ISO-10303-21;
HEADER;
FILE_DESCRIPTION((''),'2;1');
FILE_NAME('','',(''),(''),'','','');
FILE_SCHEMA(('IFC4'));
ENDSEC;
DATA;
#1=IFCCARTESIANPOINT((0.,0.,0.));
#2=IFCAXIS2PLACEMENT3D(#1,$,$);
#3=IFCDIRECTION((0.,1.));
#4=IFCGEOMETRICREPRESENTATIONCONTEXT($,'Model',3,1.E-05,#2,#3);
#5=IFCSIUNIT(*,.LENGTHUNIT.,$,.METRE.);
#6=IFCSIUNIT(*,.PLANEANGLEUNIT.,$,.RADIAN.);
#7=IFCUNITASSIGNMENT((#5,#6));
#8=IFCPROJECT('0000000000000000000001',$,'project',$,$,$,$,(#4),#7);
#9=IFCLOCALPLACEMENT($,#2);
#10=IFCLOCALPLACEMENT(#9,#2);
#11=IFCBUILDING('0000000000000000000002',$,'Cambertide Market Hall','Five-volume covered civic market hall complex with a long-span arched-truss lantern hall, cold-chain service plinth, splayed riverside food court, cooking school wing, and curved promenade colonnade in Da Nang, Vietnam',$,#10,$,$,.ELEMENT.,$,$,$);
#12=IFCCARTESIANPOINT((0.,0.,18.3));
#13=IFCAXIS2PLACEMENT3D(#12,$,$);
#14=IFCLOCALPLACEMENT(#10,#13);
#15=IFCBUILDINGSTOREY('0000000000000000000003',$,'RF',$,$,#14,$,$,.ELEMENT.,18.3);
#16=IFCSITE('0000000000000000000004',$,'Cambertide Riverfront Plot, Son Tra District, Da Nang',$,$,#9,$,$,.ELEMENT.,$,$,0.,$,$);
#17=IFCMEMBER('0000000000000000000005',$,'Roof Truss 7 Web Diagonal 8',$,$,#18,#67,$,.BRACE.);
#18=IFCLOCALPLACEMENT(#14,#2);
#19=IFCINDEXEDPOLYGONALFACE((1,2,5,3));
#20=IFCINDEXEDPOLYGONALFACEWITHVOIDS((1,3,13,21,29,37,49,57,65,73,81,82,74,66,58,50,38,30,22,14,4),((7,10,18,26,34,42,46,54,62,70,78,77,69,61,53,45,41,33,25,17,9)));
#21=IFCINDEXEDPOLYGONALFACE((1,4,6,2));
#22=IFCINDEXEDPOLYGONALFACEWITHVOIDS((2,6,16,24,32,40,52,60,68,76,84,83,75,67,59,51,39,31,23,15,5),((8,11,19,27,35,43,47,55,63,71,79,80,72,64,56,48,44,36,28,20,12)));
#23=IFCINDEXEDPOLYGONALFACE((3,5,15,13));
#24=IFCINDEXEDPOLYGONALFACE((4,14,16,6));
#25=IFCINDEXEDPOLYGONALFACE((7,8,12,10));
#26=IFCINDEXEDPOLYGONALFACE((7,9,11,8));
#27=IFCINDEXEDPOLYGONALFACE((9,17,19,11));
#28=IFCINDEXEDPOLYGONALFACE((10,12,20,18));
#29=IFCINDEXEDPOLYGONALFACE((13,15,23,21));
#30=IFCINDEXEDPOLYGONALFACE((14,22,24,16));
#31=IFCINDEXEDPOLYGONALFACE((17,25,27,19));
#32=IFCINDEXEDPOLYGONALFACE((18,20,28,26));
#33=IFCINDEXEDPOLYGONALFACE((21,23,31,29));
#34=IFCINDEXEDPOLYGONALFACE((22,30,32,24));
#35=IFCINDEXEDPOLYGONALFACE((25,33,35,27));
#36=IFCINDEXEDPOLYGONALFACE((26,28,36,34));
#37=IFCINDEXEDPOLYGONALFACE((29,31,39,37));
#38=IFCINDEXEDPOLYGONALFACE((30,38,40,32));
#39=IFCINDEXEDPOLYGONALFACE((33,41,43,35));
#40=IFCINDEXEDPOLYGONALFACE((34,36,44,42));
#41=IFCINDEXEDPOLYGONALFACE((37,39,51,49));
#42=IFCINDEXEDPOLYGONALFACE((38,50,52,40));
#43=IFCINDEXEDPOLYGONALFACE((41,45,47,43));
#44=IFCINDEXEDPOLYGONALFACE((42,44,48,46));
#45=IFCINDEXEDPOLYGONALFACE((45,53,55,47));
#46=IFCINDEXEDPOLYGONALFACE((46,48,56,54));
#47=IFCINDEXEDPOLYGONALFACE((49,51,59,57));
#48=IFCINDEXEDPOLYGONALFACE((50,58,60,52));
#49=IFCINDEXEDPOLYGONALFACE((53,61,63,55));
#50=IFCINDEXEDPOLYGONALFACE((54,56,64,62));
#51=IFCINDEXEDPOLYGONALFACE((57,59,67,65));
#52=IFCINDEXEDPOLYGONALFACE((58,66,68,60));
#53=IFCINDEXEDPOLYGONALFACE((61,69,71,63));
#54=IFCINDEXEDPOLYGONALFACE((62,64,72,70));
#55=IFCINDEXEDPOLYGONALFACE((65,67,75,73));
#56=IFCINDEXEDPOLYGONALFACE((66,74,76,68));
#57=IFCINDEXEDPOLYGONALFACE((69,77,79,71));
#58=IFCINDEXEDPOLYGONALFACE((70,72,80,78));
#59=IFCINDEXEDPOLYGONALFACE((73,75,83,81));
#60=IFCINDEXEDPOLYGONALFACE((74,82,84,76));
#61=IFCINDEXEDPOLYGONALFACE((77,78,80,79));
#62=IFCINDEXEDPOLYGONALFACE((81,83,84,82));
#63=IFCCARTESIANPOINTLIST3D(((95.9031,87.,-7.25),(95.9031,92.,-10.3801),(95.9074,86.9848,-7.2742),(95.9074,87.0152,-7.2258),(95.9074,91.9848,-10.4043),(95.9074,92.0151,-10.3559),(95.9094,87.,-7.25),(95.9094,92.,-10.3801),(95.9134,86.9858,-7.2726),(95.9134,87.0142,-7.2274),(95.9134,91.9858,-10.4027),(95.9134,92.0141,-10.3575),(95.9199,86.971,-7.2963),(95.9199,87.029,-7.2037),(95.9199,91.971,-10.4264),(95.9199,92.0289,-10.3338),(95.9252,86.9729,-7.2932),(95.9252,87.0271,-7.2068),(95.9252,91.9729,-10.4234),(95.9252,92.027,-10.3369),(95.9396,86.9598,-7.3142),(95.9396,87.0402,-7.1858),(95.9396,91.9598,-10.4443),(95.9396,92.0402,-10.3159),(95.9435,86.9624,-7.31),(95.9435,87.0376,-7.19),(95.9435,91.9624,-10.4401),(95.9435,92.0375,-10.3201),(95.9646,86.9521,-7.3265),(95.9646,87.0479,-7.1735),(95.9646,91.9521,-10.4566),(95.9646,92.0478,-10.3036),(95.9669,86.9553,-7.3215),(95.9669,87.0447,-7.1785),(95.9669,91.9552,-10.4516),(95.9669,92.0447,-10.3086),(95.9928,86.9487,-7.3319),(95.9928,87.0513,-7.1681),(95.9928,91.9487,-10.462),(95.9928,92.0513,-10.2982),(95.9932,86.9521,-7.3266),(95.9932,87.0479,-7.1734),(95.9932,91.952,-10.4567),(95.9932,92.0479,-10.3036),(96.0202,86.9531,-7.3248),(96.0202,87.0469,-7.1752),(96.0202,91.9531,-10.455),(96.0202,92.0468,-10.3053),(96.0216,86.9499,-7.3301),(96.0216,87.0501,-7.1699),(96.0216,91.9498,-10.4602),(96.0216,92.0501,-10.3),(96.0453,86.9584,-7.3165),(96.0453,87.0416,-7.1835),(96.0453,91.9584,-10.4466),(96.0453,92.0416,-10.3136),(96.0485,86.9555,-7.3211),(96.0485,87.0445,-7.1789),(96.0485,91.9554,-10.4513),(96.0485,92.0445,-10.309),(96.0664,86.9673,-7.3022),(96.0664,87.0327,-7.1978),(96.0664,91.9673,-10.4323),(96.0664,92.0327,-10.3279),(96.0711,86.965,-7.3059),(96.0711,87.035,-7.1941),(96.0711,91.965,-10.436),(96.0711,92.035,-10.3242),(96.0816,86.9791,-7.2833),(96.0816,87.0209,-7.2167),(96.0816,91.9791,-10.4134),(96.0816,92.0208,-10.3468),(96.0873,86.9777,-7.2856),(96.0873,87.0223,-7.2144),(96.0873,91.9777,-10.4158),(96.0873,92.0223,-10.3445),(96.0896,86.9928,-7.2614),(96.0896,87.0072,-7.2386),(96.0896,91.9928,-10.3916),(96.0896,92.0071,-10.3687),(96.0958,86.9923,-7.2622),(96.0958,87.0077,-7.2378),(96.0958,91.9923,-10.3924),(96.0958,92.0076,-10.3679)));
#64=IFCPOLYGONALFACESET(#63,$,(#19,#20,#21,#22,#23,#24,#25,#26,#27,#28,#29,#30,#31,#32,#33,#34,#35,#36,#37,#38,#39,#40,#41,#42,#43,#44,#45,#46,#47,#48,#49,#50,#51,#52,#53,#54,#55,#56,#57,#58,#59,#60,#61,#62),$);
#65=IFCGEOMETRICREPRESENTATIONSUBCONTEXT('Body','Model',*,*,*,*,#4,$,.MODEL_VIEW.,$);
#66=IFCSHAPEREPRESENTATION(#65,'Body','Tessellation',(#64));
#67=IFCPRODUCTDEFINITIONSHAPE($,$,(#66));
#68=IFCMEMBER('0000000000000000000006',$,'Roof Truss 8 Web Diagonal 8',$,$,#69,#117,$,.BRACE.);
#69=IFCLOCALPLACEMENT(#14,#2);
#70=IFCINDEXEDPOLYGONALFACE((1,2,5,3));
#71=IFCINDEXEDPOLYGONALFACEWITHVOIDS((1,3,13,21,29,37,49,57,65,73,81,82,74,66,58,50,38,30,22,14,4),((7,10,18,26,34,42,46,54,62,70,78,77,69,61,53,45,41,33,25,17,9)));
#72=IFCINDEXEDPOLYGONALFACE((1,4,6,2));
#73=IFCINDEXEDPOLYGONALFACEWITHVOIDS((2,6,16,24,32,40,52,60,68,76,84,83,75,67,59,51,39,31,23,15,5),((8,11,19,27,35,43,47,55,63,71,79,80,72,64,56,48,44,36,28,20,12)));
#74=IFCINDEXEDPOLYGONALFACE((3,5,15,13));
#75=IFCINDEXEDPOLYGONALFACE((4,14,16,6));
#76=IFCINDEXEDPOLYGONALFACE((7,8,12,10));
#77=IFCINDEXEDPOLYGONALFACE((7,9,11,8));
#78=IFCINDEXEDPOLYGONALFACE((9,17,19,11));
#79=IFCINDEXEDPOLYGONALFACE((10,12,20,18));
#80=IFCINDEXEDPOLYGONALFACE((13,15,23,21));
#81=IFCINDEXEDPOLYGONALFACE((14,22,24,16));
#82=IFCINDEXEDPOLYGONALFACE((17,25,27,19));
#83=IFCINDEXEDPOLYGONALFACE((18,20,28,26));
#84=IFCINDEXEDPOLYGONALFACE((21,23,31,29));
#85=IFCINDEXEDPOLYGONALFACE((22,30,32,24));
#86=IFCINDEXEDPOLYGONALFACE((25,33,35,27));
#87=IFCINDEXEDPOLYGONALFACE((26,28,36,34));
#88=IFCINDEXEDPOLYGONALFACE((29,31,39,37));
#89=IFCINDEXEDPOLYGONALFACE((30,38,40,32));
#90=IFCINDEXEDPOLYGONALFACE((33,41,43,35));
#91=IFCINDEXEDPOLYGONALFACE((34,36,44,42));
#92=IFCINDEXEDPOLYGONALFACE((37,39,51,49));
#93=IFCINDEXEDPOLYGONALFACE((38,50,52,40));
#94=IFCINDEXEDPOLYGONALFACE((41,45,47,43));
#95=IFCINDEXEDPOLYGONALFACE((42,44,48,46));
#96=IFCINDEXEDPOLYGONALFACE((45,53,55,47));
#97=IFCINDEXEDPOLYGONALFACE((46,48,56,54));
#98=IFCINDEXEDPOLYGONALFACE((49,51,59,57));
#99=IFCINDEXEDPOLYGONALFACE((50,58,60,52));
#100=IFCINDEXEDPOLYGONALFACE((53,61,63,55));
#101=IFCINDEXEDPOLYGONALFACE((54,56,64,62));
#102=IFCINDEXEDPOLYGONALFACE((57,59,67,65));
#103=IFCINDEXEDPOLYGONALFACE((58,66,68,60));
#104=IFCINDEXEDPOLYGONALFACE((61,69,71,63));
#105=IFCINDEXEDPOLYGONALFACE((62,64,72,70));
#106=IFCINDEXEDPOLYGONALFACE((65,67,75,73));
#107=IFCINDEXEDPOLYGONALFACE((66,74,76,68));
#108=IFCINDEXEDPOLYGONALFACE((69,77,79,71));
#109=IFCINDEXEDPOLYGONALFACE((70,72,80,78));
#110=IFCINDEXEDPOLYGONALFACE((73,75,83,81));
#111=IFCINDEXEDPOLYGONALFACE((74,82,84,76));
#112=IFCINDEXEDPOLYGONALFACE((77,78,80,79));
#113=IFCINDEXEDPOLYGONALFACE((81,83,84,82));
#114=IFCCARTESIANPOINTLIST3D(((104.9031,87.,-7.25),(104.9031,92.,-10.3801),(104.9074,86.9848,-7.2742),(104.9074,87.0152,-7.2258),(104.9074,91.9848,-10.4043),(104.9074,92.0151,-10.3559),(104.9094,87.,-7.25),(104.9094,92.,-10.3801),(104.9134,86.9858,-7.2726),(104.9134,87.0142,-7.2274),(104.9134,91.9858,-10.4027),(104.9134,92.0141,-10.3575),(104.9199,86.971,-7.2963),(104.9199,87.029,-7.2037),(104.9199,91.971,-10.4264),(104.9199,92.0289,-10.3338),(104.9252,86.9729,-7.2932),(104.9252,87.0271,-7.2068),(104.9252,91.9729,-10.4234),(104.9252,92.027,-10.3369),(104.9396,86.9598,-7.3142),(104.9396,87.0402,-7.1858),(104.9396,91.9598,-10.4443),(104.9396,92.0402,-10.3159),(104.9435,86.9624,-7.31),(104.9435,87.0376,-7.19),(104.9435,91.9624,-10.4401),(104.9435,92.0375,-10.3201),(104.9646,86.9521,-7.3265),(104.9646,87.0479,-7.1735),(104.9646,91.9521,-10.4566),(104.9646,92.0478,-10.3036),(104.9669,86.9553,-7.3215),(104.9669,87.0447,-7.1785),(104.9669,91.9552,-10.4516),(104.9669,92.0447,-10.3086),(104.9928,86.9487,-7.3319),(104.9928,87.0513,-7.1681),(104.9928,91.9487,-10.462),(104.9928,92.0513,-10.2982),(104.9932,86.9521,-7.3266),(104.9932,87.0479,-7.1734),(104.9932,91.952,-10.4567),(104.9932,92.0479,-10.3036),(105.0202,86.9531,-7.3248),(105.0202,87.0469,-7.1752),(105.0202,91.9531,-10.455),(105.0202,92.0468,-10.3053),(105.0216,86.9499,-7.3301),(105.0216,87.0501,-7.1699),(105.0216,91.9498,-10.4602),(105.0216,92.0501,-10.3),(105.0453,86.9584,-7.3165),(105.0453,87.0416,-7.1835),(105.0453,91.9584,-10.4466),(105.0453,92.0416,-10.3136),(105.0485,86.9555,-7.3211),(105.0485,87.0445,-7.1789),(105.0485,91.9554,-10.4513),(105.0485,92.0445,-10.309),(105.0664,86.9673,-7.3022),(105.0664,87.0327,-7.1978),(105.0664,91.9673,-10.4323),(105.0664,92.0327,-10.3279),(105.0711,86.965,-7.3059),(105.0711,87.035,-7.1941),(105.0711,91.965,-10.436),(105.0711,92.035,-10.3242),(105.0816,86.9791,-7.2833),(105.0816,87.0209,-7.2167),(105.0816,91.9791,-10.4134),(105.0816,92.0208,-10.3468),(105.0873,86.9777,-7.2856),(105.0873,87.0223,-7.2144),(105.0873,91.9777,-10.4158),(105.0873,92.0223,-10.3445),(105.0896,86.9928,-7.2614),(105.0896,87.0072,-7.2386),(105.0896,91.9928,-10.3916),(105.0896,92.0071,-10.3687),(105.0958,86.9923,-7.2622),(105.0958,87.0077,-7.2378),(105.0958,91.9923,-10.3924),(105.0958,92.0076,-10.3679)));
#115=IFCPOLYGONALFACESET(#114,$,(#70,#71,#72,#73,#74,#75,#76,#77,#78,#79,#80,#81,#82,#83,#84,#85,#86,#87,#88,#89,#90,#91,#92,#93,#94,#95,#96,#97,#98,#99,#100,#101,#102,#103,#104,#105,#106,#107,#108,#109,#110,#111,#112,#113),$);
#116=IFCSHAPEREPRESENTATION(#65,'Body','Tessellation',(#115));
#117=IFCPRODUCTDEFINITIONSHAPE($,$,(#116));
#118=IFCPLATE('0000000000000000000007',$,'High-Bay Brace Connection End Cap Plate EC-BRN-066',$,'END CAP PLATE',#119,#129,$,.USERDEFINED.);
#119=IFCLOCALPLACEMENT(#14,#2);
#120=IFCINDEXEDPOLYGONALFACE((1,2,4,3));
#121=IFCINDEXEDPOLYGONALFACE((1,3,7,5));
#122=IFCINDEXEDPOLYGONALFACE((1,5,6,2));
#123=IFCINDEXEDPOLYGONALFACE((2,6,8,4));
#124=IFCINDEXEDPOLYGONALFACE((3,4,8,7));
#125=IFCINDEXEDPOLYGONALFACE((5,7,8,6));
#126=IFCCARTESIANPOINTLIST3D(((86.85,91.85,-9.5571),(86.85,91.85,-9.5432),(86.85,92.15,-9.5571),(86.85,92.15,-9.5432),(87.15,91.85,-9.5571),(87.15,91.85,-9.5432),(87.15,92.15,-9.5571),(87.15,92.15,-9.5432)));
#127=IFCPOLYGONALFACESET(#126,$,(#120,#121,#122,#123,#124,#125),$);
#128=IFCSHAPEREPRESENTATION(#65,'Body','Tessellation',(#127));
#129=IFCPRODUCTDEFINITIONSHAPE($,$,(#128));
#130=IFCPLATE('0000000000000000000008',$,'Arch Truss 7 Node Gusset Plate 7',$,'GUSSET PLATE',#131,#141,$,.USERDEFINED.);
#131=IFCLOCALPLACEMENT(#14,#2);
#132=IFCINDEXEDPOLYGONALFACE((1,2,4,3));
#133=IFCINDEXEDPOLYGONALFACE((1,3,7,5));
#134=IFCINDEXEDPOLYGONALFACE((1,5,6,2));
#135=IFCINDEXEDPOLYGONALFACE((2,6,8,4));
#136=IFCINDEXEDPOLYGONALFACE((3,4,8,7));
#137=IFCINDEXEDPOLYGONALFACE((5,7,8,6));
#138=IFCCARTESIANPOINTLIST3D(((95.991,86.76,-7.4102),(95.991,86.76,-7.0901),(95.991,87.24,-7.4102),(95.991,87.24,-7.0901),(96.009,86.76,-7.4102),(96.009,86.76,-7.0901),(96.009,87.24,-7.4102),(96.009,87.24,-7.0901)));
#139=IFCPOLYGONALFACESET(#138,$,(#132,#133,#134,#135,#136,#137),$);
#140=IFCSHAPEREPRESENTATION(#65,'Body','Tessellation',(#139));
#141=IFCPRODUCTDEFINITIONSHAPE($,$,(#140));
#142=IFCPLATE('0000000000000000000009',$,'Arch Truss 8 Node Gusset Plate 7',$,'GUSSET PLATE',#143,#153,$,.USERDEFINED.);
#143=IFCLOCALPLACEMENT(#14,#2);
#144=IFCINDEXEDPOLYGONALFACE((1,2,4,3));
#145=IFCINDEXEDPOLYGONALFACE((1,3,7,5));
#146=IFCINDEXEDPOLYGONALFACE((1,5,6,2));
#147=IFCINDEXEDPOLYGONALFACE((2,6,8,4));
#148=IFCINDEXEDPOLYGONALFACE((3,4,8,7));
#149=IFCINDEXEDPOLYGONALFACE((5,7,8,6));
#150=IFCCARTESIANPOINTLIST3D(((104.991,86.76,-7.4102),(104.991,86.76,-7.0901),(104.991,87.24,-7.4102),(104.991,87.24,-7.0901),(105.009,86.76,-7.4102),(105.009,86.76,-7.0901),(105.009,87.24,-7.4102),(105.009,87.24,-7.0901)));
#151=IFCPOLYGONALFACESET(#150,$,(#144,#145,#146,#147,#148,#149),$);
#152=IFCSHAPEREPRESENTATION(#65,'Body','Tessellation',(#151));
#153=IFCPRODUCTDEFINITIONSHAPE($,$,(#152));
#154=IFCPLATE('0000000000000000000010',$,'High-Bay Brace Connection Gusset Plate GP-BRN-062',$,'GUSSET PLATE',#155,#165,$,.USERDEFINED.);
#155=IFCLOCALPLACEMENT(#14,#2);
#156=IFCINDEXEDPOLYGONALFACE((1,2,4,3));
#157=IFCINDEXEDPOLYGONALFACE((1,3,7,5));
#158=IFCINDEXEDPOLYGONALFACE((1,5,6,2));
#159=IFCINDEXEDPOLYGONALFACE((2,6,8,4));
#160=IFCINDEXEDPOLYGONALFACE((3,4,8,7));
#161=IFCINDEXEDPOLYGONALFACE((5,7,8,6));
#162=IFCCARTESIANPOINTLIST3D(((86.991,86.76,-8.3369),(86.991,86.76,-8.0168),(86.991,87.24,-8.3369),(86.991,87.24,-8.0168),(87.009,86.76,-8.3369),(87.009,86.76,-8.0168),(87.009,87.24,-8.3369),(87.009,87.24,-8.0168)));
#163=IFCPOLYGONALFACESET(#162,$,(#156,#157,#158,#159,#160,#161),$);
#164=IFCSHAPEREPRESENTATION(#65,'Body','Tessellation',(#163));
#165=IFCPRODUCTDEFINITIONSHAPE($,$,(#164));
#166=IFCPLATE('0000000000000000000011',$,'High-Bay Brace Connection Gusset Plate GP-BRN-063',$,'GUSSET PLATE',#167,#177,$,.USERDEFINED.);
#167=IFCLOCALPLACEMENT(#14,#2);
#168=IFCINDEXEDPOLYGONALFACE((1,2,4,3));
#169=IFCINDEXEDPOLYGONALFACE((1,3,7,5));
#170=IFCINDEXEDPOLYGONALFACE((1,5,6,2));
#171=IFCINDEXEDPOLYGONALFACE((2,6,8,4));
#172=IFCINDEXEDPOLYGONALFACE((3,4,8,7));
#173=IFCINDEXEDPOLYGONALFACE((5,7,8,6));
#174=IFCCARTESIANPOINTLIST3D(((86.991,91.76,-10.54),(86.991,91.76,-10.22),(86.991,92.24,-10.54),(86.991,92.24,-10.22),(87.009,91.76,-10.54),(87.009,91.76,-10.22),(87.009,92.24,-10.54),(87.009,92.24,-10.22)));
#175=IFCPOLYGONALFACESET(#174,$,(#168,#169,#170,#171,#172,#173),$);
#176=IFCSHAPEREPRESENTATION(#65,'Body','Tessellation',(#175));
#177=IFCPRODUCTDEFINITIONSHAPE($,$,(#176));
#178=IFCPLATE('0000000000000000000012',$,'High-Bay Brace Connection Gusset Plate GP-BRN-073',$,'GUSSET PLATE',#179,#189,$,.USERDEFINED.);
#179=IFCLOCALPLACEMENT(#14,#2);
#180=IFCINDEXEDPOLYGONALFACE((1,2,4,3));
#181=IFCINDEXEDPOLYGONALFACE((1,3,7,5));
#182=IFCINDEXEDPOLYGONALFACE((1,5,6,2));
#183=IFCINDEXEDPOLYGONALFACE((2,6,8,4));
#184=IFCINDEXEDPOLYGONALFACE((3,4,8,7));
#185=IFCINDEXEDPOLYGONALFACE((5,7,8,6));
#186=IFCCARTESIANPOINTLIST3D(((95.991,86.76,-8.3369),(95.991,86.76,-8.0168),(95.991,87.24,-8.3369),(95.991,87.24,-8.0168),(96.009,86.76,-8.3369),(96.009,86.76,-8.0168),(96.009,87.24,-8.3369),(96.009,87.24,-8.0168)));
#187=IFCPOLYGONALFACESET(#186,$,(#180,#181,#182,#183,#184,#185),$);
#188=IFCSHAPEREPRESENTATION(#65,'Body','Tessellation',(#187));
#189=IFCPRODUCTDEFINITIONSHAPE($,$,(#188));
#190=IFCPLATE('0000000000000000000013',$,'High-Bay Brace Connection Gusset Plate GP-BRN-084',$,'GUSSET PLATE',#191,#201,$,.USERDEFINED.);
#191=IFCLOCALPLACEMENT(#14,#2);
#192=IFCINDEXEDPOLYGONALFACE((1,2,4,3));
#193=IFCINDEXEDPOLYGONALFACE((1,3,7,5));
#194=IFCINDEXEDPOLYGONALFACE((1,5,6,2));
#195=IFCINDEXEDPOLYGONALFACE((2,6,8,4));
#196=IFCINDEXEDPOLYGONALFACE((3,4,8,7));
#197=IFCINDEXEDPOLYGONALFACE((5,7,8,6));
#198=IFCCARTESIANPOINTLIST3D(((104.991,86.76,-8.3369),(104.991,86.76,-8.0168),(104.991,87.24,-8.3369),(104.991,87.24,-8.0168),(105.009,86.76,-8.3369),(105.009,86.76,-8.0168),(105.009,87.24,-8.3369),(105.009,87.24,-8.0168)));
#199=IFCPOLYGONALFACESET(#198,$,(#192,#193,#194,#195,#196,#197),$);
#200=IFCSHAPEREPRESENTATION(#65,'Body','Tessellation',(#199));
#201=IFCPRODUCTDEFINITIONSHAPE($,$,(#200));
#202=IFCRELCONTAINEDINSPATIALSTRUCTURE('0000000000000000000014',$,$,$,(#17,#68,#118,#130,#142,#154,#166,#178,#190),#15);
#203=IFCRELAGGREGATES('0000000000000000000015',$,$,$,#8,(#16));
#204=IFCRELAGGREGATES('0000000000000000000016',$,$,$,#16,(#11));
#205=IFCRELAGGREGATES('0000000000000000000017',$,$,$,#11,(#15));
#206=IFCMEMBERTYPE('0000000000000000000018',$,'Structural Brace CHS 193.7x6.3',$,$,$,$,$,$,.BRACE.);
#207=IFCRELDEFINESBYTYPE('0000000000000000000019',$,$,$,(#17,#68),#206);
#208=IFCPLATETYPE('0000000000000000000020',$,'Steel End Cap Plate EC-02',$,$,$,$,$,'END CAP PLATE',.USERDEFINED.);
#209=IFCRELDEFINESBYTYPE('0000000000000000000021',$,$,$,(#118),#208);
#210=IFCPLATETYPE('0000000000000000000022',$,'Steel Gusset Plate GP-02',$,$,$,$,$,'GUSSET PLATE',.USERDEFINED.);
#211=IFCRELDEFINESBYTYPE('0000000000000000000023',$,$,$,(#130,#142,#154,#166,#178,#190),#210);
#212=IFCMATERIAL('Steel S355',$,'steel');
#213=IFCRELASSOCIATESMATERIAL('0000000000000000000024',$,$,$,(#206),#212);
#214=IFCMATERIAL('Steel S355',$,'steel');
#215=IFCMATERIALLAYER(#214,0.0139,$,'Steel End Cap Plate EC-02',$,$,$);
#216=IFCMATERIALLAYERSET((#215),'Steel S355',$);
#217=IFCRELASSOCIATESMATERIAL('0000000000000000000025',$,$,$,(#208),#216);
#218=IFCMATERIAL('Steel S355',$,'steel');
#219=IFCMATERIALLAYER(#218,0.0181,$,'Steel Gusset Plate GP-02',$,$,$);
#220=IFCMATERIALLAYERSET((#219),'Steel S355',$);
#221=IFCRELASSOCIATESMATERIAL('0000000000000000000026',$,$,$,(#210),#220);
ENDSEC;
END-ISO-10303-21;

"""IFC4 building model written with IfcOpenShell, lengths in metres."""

from ifc_helpers import new_model, si_unit, direction, frame, origin, origin_2d, place, context, subcontext, project, spatial, rectangle, hollow_circle, extrude, material, layer, layer_set, material_profile, profile_set, type_object, element, save


model = new_model("IFC4")

# Units and contexts
model_context = context("Model", 3, precision=1e-05, world=origin(), true_north=direction((0.0, 1.0)))
body_context = subcontext(model_context, "Body", "Model", "MODEL_VIEW")
ifc_project = project(units=[si_unit("LENGTHUNIT", "METRE"), si_unit("PLANEANGLEUNIT", "RADIAN")], contexts=[model_context])

# Site, building, storey
site_placement = place(None, origin())
site = spatial("IfcSite", under=ifc_project, at=site_placement, Name="Cambertide Riverfront Plot, Son Tra District, Da Nang", CompositionType="ELEMENT", RefElevation=0.0)
building_placement = place(site_placement, origin())
building = spatial("IfcBuilding", under=site, at=building_placement, Name="Cambertide Market Hall", Description="Five-volume covered civic market hall complex with a long-span arched-truss lantern hall, cold-chain service plinth, splayed riverside food court, cooking school wing, and curved promenade colonnade in Da Nang, Vietnam", CompositionType="ELEMENT")
storey_placement = place(building_placement, frame((0.0, 0.0, 18.3)))
storey = spatial("IfcBuildingStorey", under=building, at=storey_placement, Name="RF", CompositionType="ELEMENT", Elevation=18.3)

# Members
ifc_material_1 = material(Name="Steel S355", Category="steel")
ifc_material_profile_1 = material_profile(ifc_material_1, hollow_circle(Radius=0.0969, WallThickness=0.0063, at=origin_2d()), Name="CHS 193.7x6.3")
ifc_profile_set_1 = profile_set([ifc_material_profile_1], Name="Steel S355")
member_type_1 = type_object("IfcMemberType", Name="Structural Brace CHS 193.7x6.3", PredefinedType="BRACE", material=ifc_profile_set_1)
for number, where, z_axis, x_axis, name in (
    (1, (96.0, 87.0, -7.25), (0.0, 0.847607, -0.530624), (-1.0, 0.0, 0.0), "Roof Truss 7 Web Diagonal 8"),
    (2, (105.0, 87.0, -7.25), (0.0, 0.847607, -0.530624), (-1.0, 0.0, 0.0), "Roof Truss 8 Web Diagonal 8"),
):
    element("IfcMember", number, at=place(storey_placement, frame(where, z_axis=z_axis, x_axis=x_axis)), inside=storey, type_object=member_type_1, Name=name, PredefinedType="BRACE", context=body_context, shape_type="SweptSolid", body=[
        extrude(hollow_circle(Radius=0.0969, WallThickness=0.0063, at=origin_2d()), origin(), (0.0, 0.0, 1.0), 5.8989),
    ])

# Plates
ifc_material_2 = material(Name="Steel S355", Category="steel")
ifc_layer_1 = layer(ifc_material_2, 0.0139, Name="Steel End Cap Plate EC-02")
ifc_layer_set_1 = layer_set([ifc_layer_1], Name="Steel S355")
plate_type_1 = type_object("IfcPlateType", Name="Steel End Cap Plate EC-02", ElementType="END CAP PLATE", PredefinedType="USERDEFINED", material=ifc_layer_set_1)
plate_placement = place(storey_placement, frame((87.0, 92.0, -9.5571), z_axis=(0.0, 0.0, 1.0), x_axis=(1.0, 0.0, 0.0)))
element("IfcPlate", 3, at=plate_placement, inside=storey, type_object=plate_type_1, Name="High-Bay Brace Connection End Cap Plate EC-BRN-066", ObjectType="END CAP PLATE", PredefinedType="USERDEFINED", context=body_context, shape_type="SweptSolid", body=[
    extrude(rectangle(XDim=0.3, YDim=0.3, at=origin_2d()), origin(), (0.0, 0.0, 1.0), 0.0139),
])
ifc_material_3 = material(Name="Steel S355", Category="steel")
ifc_layer_2 = layer(ifc_material_3, 0.0181, Name="Steel Gusset Plate GP-02")
ifc_layer_set_2 = layer_set([ifc_layer_2], Name="Steel S355")
plate_type_2 = type_object("IfcPlateType", Name="Steel Gusset Plate GP-02", ElementType="GUSSET PLATE", PredefinedType="USERDEFINED", material=ifc_layer_set_2)
for number, where, z_axis, x_axis, name in (
    (4, (96.0, 87.0, -7.4102), (0.0, 0.0, 1.0), (1.0, 0.0, 0.0), "Arch Truss 7 Node Gusset Plate 7"),
    (5, (105.0, 87.0, -7.4102), (0.0, 0.0, 1.0), (1.0, 0.0, 0.0), "Arch Truss 8 Node Gusset Plate 7"),
):
    element("IfcPlate", number, at=place(storey_placement, frame(where, z_axis=z_axis, x_axis=x_axis)), inside=storey, type_object=plate_type_2, Name=name, ObjectType="GUSSET PLATE", PredefinedType="USERDEFINED", context=body_context, shape_type="SweptSolid", body=[
        extrude(rectangle(XDim=0.0181, YDim=0.48, at=origin_2d()), origin(), (0.0, 0.0, 1.0), 0.3201),
    ])
for number, where, z_axis, x_axis, name in (
    (6, (87.0, 87.0, -8.3369), (0.0, 0.0, 1.0), (0.0, 1.0, 0.0), "High-Bay Brace Connection Gusset Plate GP-BRN-062"),
    (7, (87.0, 92.0, -10.54), (0.0, 0.0, 1.0), (0.0, 1.0, 0.0), "High-Bay Brace Connection Gusset Plate GP-BRN-063"),
    (8, (96.0, 87.0, -8.3369), (0.0, 0.0, 1.0), (0.0, 1.0, 0.0), "High-Bay Brace Connection Gusset Plate GP-BRN-073"),
    (9, (105.0, 87.0, -8.3369), (0.0, 0.0, 1.0), (0.0, 1.0, 0.0), "High-Bay Brace Connection Gusset Plate GP-BRN-084"),
):
    element("IfcPlate", number, at=place(storey_placement, frame(where, z_axis=z_axis, x_axis=x_axis)), inside=storey, type_object=plate_type_2, Name=name, ObjectType="GUSSET PLATE", PredefinedType="USERDEFINED", context=body_context, shape_type="SweptSolid", body=[
        extrude(rectangle(XDim=0.48, YDim=0.0181, at=origin_2d()), origin(), (0.0, 0.0, 1.0), 0.3201),
    ])

save(model, "model.ifc")
